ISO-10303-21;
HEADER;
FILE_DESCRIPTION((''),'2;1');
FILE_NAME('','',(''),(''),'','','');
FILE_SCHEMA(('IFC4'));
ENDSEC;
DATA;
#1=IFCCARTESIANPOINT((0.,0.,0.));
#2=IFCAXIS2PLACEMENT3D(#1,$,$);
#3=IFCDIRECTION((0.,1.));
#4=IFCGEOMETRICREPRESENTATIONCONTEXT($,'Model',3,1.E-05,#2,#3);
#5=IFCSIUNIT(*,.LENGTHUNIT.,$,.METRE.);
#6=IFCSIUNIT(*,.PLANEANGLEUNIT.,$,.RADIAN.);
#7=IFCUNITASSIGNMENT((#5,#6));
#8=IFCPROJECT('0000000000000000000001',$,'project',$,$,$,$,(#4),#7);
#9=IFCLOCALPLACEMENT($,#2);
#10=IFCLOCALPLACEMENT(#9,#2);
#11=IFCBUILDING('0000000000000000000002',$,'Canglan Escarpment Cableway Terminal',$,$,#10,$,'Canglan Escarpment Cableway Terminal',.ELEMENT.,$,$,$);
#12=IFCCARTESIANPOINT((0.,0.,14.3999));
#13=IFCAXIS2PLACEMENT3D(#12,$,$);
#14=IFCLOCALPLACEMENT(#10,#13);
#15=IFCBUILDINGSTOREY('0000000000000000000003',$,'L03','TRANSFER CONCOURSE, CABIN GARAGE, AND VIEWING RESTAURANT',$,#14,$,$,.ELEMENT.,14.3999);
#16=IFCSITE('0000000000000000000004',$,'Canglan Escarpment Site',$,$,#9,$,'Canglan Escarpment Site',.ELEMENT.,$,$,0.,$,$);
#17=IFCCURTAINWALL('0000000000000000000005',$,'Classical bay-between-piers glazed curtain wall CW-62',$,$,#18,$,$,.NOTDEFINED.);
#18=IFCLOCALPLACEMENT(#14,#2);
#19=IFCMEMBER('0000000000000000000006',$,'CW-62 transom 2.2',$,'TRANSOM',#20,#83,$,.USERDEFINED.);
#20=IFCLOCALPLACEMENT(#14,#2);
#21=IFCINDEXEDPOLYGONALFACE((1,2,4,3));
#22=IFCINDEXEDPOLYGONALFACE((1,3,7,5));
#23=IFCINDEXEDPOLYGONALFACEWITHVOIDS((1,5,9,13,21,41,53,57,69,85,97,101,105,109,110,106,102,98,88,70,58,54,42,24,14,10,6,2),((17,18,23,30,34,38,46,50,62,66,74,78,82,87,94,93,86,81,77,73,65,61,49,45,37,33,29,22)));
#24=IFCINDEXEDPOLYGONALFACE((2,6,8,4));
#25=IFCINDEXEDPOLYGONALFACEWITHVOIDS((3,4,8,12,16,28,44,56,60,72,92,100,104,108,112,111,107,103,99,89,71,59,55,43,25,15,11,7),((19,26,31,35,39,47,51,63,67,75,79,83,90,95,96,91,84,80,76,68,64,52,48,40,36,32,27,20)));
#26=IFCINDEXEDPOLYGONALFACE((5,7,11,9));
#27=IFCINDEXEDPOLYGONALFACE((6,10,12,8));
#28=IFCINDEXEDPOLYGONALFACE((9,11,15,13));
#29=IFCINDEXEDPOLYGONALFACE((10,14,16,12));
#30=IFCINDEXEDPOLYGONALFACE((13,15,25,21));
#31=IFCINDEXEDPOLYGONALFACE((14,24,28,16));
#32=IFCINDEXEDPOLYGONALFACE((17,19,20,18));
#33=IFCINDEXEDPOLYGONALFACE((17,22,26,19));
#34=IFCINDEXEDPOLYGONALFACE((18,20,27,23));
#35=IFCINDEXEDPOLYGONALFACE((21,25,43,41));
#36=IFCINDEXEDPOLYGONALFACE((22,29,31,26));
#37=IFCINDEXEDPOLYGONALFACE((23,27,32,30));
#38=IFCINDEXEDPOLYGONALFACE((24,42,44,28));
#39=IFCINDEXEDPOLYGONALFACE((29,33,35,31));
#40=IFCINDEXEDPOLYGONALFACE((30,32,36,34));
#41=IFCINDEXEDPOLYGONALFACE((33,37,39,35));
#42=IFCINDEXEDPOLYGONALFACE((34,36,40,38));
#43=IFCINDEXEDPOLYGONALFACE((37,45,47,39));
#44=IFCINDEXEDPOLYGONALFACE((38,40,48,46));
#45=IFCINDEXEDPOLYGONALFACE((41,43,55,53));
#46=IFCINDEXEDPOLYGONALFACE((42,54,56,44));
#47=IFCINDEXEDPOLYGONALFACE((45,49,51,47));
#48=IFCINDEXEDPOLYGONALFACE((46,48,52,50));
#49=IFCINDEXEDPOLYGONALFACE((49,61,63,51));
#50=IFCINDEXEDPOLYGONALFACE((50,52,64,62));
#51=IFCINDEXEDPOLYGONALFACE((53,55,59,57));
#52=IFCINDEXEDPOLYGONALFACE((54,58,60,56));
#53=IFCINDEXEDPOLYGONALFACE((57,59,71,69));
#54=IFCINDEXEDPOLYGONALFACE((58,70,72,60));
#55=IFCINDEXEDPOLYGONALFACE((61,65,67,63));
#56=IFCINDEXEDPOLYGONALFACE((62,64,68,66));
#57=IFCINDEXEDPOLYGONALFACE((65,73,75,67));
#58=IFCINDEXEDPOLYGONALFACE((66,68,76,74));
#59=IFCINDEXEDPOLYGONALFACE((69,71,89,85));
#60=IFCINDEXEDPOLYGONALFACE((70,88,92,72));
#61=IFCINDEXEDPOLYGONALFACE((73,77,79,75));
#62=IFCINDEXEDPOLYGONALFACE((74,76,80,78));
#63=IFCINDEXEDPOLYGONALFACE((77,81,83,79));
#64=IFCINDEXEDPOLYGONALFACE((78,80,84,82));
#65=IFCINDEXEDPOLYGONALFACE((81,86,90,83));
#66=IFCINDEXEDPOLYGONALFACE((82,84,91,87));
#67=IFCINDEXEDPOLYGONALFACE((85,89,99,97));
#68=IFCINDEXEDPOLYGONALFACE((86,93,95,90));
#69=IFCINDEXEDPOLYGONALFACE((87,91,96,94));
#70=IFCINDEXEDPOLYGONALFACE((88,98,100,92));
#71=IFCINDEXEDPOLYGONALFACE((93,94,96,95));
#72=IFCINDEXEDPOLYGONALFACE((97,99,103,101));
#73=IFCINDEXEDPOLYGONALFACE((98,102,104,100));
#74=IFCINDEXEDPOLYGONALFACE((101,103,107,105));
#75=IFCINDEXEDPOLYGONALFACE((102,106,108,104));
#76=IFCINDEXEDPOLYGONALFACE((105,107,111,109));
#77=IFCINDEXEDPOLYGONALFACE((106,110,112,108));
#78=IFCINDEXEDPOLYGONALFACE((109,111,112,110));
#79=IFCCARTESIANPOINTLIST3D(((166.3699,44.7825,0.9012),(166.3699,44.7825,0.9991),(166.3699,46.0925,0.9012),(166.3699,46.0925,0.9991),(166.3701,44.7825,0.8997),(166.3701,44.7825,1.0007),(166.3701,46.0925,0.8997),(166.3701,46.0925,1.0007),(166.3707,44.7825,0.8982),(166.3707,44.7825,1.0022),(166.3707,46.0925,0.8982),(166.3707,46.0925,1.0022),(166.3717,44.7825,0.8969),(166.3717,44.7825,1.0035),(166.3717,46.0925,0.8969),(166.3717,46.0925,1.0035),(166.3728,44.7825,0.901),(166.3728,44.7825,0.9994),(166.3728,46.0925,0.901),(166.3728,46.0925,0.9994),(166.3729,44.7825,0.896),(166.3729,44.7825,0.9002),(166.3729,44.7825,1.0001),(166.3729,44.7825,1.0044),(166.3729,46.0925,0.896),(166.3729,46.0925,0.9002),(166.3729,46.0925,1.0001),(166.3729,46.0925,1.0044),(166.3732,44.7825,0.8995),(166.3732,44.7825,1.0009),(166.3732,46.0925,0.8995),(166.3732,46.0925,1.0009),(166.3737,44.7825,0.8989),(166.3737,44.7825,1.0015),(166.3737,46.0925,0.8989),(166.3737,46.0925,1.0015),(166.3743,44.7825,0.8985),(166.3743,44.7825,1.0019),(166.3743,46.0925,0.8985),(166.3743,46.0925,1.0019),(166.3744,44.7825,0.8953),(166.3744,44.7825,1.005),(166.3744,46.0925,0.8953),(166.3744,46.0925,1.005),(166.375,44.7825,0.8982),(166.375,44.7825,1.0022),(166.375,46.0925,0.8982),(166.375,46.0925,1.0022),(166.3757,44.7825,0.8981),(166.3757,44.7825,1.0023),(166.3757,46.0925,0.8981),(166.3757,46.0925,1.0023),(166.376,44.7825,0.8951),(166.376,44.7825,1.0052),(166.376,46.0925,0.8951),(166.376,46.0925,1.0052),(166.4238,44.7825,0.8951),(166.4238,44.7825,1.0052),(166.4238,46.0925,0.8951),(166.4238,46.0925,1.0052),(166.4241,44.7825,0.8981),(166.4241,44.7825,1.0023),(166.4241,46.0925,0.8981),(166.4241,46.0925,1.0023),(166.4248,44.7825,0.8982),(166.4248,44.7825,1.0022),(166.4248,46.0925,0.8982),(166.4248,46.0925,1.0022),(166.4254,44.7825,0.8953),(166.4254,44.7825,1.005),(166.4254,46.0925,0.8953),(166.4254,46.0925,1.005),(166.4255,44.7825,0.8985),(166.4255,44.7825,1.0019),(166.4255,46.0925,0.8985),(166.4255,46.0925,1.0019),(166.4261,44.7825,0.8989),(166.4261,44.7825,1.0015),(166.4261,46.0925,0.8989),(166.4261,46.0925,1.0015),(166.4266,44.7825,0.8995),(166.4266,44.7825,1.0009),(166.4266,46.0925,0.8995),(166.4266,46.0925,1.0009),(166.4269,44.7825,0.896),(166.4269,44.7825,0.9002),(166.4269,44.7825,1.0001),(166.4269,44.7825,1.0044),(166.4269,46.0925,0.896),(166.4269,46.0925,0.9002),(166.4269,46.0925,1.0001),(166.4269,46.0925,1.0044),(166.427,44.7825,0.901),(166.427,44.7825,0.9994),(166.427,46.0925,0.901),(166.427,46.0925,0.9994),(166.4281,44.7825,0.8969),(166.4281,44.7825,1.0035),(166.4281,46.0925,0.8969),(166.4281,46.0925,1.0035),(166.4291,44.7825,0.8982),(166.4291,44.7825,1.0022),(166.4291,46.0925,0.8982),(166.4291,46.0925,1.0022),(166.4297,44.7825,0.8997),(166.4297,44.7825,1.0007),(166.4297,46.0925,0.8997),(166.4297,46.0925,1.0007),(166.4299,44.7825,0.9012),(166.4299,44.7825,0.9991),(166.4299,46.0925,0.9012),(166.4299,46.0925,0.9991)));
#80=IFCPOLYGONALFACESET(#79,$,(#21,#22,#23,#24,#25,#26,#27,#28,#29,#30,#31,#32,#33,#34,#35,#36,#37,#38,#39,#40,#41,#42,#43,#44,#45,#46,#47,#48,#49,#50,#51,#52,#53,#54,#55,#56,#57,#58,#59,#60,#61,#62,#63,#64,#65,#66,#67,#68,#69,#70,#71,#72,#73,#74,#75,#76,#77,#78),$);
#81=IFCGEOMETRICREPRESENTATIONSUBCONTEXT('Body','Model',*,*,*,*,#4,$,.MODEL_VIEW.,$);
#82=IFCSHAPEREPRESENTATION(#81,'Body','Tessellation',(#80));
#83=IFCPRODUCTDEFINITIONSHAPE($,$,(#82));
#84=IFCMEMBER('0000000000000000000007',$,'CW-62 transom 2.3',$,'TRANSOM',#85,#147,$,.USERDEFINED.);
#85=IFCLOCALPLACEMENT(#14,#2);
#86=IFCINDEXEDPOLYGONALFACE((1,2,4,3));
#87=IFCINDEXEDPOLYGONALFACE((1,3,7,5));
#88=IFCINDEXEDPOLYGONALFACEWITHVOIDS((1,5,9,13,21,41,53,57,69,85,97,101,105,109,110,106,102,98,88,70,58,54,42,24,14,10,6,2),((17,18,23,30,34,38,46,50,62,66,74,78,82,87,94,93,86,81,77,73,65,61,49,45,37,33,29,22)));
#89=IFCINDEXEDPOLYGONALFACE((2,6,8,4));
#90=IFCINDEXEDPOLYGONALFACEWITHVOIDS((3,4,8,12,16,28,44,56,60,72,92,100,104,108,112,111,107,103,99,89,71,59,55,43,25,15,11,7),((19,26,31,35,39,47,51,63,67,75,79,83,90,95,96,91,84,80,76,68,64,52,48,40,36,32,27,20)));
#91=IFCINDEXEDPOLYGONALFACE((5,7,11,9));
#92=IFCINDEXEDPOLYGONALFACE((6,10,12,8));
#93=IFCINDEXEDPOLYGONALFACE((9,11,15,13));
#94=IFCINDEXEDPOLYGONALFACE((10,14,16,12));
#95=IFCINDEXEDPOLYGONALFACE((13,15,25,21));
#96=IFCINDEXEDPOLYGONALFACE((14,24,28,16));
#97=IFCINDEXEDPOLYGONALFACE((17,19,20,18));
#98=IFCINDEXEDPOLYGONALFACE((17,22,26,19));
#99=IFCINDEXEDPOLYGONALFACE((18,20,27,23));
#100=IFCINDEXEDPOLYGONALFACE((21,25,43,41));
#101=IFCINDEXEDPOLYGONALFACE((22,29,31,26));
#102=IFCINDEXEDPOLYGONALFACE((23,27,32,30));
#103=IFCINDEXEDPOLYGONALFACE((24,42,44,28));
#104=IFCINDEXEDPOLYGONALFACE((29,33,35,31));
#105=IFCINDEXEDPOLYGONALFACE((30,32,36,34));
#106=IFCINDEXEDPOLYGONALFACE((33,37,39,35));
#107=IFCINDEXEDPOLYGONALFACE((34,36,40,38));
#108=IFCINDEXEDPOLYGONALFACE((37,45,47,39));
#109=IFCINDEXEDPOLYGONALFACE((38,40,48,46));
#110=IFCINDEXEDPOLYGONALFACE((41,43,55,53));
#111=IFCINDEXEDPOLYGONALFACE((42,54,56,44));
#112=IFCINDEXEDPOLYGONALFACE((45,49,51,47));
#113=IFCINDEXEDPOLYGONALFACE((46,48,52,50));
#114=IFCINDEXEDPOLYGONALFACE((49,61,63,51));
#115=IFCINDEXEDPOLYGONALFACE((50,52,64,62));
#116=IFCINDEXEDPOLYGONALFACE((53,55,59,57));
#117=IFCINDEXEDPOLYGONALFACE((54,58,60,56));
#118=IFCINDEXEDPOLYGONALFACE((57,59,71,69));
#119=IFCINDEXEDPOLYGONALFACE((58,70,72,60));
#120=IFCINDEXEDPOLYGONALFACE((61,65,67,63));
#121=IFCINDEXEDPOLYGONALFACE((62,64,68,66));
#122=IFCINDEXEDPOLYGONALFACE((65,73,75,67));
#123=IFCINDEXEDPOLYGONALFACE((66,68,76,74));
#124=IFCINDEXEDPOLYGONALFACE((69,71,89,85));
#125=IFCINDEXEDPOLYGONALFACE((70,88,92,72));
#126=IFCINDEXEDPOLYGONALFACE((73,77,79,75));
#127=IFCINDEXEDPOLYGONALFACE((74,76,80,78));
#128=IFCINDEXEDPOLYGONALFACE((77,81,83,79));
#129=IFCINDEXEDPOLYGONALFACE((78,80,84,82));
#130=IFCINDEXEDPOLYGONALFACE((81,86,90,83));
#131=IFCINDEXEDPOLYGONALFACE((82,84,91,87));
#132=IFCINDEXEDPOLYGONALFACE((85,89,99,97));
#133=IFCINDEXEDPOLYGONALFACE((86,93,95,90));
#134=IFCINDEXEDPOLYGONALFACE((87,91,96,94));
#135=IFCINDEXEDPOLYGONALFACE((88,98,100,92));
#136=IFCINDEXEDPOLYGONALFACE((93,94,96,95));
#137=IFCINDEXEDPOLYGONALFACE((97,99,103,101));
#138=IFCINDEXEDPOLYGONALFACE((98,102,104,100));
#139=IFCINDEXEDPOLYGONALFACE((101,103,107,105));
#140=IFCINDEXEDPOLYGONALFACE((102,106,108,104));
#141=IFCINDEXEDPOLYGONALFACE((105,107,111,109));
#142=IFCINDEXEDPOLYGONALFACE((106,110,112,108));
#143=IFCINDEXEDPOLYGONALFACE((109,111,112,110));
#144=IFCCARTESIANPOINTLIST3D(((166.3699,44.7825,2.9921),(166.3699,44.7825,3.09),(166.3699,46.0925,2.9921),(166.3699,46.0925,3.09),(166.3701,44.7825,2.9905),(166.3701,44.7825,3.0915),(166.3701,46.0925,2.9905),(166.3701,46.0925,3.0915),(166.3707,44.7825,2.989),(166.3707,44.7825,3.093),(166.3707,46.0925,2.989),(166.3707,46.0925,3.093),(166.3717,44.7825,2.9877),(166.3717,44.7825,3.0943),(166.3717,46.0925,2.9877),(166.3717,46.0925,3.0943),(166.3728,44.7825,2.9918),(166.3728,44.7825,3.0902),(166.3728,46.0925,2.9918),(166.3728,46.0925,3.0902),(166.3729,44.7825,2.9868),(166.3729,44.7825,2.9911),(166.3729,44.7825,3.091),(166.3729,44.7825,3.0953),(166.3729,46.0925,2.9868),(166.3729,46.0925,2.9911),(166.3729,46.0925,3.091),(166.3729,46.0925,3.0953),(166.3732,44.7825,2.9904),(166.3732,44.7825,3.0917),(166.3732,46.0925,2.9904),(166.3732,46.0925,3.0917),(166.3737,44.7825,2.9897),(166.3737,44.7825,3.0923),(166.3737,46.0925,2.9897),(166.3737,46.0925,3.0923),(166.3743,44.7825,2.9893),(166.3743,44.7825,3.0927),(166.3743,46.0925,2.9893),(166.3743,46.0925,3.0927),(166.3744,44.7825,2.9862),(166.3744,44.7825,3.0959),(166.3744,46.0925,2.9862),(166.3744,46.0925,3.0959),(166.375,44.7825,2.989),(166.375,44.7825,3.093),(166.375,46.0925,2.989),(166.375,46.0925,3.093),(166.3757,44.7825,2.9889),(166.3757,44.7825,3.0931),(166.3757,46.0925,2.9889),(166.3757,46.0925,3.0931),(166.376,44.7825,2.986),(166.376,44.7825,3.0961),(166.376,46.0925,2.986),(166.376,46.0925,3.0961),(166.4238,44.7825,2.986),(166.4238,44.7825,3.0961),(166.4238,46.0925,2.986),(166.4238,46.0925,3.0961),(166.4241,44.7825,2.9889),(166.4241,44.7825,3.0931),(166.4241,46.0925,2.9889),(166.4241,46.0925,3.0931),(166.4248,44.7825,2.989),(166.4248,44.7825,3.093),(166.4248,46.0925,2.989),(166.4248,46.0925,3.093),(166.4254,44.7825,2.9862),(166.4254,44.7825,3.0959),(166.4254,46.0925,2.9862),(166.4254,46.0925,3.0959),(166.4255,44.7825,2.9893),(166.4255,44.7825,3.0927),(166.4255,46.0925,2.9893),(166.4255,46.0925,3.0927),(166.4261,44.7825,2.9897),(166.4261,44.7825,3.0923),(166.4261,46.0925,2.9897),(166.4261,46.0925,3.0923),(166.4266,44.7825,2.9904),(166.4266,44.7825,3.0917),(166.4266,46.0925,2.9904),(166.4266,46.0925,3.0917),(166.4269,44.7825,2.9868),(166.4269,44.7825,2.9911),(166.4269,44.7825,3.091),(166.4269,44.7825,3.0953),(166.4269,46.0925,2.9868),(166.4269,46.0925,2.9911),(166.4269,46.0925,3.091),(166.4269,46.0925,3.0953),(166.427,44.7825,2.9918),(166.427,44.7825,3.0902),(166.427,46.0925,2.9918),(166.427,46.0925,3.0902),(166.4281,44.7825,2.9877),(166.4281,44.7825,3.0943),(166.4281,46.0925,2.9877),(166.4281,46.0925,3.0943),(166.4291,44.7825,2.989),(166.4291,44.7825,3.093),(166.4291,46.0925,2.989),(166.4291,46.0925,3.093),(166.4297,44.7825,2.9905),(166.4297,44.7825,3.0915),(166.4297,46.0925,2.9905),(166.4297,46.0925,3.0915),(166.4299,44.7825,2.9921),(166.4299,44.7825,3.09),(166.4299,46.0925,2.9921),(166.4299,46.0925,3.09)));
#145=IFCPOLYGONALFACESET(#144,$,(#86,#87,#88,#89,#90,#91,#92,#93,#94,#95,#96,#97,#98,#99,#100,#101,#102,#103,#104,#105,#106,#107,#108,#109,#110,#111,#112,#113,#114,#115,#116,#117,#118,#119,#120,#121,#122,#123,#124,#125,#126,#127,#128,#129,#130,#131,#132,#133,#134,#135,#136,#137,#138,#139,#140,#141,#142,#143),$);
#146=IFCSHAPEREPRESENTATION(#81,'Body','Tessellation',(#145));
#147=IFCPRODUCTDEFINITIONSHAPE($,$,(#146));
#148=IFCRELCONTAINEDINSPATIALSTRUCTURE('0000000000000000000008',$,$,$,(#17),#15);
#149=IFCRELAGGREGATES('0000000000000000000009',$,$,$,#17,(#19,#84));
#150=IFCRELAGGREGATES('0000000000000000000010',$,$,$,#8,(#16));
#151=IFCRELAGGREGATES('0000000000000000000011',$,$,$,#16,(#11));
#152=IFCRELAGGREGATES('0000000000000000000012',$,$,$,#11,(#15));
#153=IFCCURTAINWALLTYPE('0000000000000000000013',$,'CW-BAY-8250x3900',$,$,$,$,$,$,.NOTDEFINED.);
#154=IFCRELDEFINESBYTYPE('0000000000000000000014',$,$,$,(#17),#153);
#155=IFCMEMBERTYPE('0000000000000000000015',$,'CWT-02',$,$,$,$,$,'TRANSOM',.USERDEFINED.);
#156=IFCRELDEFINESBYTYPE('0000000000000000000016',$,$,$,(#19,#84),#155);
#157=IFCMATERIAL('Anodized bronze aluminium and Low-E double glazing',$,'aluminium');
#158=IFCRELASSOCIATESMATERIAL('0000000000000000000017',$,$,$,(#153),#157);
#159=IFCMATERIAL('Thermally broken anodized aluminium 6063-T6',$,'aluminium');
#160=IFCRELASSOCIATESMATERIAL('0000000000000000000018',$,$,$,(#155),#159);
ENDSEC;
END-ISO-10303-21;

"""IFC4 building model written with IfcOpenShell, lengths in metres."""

from ifc_helpers import new_model, si_unit, direction, frame, origin, origin_2d, place, context, subcontext, project, spatial, hollow_rectangle, extrude, material, material_profile, profile_set, type_object, element, aggregate, save


model = new_model("IFC4")

# Units and contexts
model_context = context("Model", 3, precision=1e-05, world=origin(), true_north=direction((0.0, 1.0)))
body_context = subcontext(model_context, "Body", "Model", "MODEL_VIEW")
ifc_project = project(units=[si_unit("LENGTHUNIT", "METRE"), si_unit("PLANEANGLEUNIT", "RADIAN")], contexts=[model_context])

# Site, building, storey
site_placement = place(None, origin())
site = spatial("IfcSite", under=ifc_project, at=site_placement, Name="Canglan Escarpment Site", LongName="Canglan Escarpment Site", CompositionType="ELEMENT", RefElevation=0.0)
building_placement = place(site_placement, origin())
building = spatial("IfcBuilding", under=site, at=building_placement, Name="Canglan Escarpment Cableway Terminal", LongName="Canglan Escarpment Cableway Terminal", CompositionType="ELEMENT")
storey_placement = place(building_placement, frame((0.0, 0.0, 14.3999)))
storey = spatial("IfcBuildingStorey", under=building, at=storey_placement, Name="L03", Description="TRANSFER CONCOURSE, CABIN GARAGE, AND VIEWING RESTAURANT", CompositionType="ELEMENT", Elevation=14.3999)

# Curtain wall, members
ifc_material_1 = material(Name="Anodized bronze aluminium and Low-E double glazing", Category="aluminium")
curtain_wall_type = type_object("IfcCurtainWallType", Name="CW-BAY-8250x3900", PredefinedType="NOTDEFINED", material=ifc_material_1)
curtain_wall_placement = place(storey_placement, origin())
curtain_wall = element("IfcCurtainWall", 1, at=curtain_wall_placement, inside=storey, type_object=curtain_wall_type, Name="Classical bay-between-piers glazed curtain wall CW-62", PredefinedType="NOTDEFINED")
ifc_material_2 = material(Name="Thermally broken anodized aluminium 6063-T6", Category="aluminium")
ifc_material_profile_1 = material_profile(ifc_material_2, hollow_rectangle(XDim=0.0601, YDim=0.1101, WallThickness=0.0029, InnerFilletRadius=0.0029, OuterFilletRadius=0.0061, at=origin_2d()), Name="ALU-TRAN 60x110x3")
ifc_profile_set_1 = profile_set([ifc_material_profile_1], Name="Thermally broken anodized aluminium 6063-T6")
member_type_1 = type_object("IfcMemberType", Name="CWT-02", ElementType="TRANSOM", PredefinedType="USERDEFINED", material=ifc_profile_set_1)
member_1_placement = place(storey_placement, frame((166.3999, 44.7825, 0.9502), z_axis=(0.0, 1.0, 0.0), x_axis=(-1.0, 0.0, 0.0)))
member_1 = element("IfcMember", 2, at=member_1_placement, type_object=member_type_1, Name="CW-62 transom 2.2", ObjectType="TRANSOM", PredefinedType="USERDEFINED", context=body_context, shape_type="SweptSolid", body=[
    extrude(hollow_rectangle(XDim=0.0601, YDim=0.1101, WallThickness=0.0029, InnerFilletRadius=0.0029, OuterFilletRadius=0.0061, at=origin_2d()), origin(), (0.0, 0.0, 1.0), 1.3101),
])
member_2_placement = place(storey_placement, frame((166.3999, 44.7825, 3.041), z_axis=(0.0, 1.0, 0.0), x_axis=(-1.0, 0.0, 0.0)))
member_2 = element("IfcMember", 3, at=member_2_placement, type_object=member_type_1, Name="CW-62 transom 2.3", ObjectType="TRANSOM", PredefinedType="USERDEFINED", context=body_context, shape_type="SweptSolid", body=[
    extrude(hollow_rectangle(XDim=0.0601, YDim=0.1101, WallThickness=0.0029, InnerFilletRadius=0.0029, OuterFilletRadius=0.0061, at=origin_2d()), origin(), (0.0, 0.0, 1.0), 1.3101),
])
aggregate(curtain_wall, [member_1, member_2])

save(model, "model.ifc")
